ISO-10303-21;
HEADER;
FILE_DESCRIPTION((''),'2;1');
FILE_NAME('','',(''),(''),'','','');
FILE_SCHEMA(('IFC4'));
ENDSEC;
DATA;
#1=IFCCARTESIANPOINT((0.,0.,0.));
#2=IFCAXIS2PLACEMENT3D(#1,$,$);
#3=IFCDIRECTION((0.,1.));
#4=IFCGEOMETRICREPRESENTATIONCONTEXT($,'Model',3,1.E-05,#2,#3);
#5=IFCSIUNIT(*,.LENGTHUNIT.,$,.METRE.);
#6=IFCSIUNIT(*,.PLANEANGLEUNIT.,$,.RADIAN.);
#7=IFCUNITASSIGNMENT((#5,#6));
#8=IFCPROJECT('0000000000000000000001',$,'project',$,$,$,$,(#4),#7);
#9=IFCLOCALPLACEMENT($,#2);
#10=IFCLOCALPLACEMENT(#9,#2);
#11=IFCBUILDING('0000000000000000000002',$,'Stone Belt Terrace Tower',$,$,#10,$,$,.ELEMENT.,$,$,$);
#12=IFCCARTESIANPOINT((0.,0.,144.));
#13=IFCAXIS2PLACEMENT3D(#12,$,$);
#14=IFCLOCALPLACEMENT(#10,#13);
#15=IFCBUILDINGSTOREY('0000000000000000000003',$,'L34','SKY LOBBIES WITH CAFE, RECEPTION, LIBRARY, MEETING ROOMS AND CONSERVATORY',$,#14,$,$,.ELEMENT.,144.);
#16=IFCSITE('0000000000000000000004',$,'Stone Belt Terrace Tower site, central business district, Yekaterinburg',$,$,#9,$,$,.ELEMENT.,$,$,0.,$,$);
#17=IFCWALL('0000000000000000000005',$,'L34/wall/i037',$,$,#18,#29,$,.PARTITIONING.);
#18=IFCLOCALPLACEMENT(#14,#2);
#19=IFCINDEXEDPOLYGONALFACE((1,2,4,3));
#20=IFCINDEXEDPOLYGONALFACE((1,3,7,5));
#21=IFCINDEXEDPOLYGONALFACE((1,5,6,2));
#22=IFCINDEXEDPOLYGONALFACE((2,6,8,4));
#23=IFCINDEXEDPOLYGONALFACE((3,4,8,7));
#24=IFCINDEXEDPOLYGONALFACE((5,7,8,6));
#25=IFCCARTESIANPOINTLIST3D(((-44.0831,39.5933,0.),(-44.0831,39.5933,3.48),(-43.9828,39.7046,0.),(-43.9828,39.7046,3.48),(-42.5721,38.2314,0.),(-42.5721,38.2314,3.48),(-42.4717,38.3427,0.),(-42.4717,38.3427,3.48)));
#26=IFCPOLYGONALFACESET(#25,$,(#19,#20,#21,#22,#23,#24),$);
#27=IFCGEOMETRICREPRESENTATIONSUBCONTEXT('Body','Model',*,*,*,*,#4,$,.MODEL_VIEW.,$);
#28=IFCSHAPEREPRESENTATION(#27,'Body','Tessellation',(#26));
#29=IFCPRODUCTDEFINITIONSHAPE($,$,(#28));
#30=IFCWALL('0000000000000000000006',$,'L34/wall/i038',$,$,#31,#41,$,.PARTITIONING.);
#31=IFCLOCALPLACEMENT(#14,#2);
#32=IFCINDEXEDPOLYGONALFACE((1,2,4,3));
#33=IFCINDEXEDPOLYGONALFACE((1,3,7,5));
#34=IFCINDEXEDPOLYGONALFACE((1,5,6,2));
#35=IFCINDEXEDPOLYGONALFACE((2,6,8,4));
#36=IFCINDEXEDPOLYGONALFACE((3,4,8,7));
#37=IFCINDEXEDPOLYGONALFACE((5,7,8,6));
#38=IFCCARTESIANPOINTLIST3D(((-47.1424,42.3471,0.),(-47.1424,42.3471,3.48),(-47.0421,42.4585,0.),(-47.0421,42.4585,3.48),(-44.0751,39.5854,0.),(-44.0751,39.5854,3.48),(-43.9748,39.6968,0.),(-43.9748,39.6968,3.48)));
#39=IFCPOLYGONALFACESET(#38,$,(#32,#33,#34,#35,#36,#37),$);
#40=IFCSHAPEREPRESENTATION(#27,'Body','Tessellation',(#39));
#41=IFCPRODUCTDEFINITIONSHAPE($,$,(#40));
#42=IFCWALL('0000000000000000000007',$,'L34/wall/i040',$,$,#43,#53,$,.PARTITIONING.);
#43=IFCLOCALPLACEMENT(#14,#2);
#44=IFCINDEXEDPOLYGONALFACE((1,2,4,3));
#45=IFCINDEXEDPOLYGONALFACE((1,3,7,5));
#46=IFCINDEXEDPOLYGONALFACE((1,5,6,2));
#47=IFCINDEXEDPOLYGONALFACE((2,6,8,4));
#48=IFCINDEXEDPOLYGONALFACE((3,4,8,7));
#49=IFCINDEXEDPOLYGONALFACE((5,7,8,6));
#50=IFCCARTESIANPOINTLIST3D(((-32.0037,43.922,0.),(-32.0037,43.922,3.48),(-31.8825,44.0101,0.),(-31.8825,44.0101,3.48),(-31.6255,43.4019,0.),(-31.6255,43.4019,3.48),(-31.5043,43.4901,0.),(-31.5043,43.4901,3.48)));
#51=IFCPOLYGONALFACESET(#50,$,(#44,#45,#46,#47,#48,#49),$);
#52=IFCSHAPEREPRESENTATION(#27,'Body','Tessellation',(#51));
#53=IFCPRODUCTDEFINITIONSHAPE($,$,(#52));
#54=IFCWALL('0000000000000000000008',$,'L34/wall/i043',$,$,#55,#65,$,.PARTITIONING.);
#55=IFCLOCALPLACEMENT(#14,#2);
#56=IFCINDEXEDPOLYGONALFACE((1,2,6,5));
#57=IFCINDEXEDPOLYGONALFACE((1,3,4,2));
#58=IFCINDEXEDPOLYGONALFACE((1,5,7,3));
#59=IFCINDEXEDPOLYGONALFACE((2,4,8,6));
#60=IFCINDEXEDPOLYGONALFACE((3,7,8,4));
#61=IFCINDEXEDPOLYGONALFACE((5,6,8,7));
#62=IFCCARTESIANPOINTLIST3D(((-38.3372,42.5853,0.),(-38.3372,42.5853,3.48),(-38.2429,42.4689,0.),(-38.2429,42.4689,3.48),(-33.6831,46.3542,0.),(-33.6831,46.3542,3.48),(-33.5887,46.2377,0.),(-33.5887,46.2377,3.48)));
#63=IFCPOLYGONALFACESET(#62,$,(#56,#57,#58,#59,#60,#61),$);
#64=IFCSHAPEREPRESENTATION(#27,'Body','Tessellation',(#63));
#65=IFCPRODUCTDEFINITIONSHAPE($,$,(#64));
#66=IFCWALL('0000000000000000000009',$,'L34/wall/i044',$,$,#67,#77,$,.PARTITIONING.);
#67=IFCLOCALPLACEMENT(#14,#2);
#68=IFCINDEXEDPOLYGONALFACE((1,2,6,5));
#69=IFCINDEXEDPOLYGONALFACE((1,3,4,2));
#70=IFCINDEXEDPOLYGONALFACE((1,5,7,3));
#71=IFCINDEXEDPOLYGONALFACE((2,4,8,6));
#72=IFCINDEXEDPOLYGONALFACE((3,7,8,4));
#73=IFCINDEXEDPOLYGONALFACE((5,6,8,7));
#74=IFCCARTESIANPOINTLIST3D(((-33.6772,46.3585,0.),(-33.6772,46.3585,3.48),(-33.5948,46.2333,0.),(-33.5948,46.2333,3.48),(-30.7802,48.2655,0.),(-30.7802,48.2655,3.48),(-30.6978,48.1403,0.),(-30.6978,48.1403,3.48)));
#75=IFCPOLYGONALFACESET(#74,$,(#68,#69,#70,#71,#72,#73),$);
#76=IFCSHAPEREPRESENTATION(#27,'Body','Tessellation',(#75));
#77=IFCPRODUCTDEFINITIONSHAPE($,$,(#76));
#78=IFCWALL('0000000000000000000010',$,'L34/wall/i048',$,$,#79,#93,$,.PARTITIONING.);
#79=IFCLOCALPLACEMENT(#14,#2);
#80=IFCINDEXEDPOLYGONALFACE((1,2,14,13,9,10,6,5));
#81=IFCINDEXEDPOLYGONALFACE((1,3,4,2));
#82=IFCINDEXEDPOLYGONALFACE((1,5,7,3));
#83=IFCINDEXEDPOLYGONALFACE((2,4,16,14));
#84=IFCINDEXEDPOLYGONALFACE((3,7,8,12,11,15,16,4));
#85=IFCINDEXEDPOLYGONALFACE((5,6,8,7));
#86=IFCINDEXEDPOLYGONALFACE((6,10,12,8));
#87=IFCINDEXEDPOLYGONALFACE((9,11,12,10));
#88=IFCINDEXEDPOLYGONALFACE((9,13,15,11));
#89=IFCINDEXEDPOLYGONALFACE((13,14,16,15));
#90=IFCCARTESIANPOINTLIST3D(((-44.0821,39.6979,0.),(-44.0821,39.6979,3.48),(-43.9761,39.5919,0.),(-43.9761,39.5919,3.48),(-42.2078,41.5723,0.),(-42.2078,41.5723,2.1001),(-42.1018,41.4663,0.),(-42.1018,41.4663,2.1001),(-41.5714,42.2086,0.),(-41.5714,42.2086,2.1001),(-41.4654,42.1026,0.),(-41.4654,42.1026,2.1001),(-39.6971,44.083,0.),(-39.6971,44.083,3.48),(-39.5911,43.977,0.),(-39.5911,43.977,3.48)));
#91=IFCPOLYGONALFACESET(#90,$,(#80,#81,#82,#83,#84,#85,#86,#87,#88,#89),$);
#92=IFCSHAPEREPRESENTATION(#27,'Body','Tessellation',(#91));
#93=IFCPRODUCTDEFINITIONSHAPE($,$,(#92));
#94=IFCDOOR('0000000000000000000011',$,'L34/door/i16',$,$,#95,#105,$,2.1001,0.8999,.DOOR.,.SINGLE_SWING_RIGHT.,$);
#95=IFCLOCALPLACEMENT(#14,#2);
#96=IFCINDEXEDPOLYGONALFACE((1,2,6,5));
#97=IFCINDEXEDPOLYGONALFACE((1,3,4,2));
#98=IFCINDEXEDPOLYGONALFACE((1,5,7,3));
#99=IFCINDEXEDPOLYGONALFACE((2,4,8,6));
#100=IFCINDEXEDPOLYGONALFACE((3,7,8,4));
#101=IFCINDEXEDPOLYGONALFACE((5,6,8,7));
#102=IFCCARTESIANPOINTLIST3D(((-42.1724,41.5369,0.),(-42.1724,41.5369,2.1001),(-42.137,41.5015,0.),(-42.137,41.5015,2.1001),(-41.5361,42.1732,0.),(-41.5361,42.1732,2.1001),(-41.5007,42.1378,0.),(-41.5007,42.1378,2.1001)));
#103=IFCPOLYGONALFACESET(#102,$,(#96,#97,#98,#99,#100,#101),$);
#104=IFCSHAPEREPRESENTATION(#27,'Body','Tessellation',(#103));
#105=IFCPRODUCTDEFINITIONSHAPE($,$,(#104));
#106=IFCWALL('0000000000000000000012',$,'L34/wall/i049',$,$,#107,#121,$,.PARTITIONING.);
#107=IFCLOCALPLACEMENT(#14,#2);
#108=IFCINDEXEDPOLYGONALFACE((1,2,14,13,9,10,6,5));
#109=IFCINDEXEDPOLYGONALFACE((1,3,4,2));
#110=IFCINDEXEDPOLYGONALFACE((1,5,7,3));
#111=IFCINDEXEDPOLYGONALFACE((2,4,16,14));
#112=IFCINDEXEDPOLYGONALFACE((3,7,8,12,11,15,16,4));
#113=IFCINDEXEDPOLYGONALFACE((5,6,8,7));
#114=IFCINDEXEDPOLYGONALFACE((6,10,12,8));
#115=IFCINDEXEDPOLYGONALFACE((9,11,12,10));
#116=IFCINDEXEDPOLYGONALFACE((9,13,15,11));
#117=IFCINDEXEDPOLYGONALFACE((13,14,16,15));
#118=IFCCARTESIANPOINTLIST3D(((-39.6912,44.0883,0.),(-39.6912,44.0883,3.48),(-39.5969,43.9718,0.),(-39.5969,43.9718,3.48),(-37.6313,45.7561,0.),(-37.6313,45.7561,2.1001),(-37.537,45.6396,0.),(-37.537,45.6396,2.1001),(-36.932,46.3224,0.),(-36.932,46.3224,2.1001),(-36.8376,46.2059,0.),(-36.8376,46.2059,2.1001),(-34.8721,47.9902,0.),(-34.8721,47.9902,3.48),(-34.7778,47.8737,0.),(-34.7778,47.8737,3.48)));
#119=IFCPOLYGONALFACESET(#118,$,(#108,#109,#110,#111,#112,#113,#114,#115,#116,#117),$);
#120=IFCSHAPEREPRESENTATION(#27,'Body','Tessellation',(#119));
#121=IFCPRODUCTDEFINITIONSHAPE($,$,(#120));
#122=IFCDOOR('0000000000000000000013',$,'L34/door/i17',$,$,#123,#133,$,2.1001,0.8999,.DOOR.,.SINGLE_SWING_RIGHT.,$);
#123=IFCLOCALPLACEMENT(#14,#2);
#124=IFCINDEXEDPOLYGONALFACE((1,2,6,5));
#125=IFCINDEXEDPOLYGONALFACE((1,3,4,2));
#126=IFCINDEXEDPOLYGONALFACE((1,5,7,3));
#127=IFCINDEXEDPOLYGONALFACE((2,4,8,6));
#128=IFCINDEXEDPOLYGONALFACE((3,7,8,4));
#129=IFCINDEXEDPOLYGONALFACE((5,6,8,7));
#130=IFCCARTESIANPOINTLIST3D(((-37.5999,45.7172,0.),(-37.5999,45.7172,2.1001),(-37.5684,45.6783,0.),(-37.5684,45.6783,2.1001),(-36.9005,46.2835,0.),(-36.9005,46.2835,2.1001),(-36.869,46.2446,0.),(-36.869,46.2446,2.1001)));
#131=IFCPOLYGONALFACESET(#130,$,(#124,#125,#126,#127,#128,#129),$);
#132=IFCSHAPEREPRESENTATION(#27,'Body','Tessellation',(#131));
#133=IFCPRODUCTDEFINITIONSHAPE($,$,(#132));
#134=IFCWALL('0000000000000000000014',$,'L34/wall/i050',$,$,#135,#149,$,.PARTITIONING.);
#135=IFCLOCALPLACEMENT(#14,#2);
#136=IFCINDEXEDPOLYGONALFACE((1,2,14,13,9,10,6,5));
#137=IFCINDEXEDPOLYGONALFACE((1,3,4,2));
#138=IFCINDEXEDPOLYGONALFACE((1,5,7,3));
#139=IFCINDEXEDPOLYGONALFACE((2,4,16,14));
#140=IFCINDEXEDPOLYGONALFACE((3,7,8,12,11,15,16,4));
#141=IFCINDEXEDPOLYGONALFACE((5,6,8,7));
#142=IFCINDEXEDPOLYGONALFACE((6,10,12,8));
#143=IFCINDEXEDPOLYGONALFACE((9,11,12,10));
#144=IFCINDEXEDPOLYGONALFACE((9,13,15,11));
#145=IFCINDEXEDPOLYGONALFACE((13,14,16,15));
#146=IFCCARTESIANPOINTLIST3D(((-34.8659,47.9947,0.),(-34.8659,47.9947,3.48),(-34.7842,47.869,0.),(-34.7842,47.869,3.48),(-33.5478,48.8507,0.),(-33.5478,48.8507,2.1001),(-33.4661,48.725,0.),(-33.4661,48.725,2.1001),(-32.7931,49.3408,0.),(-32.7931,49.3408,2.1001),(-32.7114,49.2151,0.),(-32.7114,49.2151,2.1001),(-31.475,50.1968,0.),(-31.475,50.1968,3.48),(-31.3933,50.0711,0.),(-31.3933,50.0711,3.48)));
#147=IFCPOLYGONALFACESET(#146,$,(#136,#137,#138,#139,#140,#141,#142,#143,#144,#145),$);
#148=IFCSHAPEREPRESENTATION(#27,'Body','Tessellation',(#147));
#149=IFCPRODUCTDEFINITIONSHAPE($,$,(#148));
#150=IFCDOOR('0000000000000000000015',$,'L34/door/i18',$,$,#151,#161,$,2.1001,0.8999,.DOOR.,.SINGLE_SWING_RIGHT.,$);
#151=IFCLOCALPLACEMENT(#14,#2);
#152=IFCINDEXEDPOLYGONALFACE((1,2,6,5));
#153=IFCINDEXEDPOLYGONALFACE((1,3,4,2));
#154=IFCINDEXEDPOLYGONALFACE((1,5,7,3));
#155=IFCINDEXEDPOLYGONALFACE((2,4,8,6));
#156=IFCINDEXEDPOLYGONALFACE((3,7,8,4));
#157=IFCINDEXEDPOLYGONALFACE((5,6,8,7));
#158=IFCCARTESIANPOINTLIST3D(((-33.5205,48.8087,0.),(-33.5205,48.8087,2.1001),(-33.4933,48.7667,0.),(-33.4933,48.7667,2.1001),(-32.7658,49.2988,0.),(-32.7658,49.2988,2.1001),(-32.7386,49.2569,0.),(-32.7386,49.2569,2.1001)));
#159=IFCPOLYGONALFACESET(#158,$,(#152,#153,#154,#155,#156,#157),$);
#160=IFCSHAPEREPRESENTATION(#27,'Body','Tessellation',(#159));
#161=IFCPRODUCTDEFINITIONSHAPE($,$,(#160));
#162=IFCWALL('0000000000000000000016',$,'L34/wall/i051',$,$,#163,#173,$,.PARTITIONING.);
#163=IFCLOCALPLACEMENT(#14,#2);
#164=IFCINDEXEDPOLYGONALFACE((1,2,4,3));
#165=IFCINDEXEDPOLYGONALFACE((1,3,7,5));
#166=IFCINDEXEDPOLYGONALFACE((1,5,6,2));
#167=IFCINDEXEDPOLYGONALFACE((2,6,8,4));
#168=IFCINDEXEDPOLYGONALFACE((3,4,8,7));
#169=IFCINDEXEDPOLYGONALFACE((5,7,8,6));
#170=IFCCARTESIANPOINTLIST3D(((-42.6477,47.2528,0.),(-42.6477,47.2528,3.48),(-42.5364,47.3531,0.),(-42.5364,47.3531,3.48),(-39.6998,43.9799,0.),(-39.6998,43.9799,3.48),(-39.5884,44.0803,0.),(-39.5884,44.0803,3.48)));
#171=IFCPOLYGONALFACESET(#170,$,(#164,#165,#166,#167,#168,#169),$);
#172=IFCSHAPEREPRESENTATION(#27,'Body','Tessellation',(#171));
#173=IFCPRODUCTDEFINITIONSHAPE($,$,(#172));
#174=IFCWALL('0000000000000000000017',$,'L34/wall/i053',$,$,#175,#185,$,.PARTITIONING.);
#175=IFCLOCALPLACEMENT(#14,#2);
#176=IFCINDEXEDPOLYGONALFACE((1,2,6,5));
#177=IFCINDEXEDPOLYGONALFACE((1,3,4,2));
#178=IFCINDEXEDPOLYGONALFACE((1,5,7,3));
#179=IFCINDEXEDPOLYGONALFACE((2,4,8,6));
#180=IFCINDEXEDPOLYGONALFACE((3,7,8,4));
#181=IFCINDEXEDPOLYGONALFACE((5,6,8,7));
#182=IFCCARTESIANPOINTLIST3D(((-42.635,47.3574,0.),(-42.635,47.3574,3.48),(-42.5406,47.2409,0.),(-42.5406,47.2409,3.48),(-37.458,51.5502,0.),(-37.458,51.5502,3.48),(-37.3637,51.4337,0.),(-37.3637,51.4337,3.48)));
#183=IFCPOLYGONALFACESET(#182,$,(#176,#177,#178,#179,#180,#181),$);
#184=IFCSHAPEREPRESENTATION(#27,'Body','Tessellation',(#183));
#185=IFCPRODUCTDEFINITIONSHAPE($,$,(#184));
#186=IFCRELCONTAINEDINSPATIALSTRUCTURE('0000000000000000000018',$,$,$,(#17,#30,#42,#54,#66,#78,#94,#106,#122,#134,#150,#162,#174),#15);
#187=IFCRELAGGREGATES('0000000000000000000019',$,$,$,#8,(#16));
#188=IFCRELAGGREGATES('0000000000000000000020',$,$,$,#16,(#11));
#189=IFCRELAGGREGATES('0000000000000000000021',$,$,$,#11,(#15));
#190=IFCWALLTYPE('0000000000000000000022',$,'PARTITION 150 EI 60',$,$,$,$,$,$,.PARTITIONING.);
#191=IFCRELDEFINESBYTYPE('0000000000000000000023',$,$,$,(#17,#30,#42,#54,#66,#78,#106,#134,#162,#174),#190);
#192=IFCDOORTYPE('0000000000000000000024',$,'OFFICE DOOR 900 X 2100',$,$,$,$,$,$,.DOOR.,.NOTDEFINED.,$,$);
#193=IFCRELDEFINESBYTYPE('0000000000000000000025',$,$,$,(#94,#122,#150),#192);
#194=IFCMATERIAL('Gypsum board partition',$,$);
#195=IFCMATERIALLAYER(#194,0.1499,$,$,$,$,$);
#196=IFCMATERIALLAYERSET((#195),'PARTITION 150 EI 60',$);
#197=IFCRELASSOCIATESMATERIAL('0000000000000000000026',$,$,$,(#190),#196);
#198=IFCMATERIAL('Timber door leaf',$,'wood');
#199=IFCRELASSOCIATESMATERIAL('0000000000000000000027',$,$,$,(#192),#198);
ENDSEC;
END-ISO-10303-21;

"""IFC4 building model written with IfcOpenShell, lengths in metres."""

from ifc_helpers import new_model, si_unit, direction, frame, frame_2d, origin, place, context, subcontext, project, spatial, rectangle, extrude, material, layer, layer_set, type_object, element, fill, save


model = new_model("IFC4")

# Units and contexts
model_context = context("Model", 3, precision=1e-05, world=origin(), true_north=direction((0.0, 1.0)))
body_context = subcontext(model_context, "Body", "Model", "MODEL_VIEW")
ifc_project = project(units=[si_unit("LENGTHUNIT", "METRE"), si_unit("PLANEANGLEUNIT", "RADIAN")], contexts=[model_context])

# Site, building, storey
site_placement = place(None, origin())
site = spatial("IfcSite", under=ifc_project, at=site_placement, Name="Stone Belt Terrace Tower site, central business district, Yekaterinburg", CompositionType="ELEMENT", RefElevation=0.0)
building_placement = place(site_placement, origin())
building = spatial("IfcBuilding", under=site, at=building_placement, Name="Stone Belt Terrace Tower", CompositionType="ELEMENT")
storey_placement = place(building_placement, frame((0.0, 0.0, 144.0)))
storey = spatial("IfcBuildingStorey", under=building, at=storey_placement, Name="L34", Description="SKY LOBBIES WITH CAFE, RECEPTION, LIBRARY, MEETING ROOMS AND CONSERVATORY", CompositionType="ELEMENT", Elevation=144.0)

# Walls
ifc_material_1 = material(Name="Gypsum board partition")
ifc_layer_1 = layer(ifc_material_1, 0.1499)
ifc_layer_set_1 = layer_set([ifc_layer_1], Name="PARTITION 150 EI 60")
wall_type = type_object("IfcWallType", Name="PARTITION 150 EI 60", PredefinedType="PARTITIONING", material=ifc_layer_set_1)
wall_1_placement = place(storey_placement, frame((-44.033, 39.6489, 0.0), z_axis=(0.0, 0.0, 1.0), x_axis=(0.742822, -0.669488, 0.0)))
element("IfcWall", 1, at=wall_1_placement, inside=storey, type_object=wall_type, Name="L34/wall/i037", PredefinedType="PARTITIONING", context=body_context, shape_type="SweptSolid", body=[
    extrude(rectangle(XDim=2.0342, YDim=0.1499, at=frame_2d((1.0171, 0.0))), origin(), (0.0, 0.0, 1.0), 3.48),
])
wall_2_placement = place(storey_placement, frame((-47.0923, 42.4028, 0.0), z_axis=(0.0, 0.0, 1.0), x_axis=(0.743165, -0.669109, 0.0)))
element("IfcWall", 2, at=wall_2_placement, inside=storey, type_object=wall_type, Name="L34/wall/i038", PredefinedType="PARTITIONING", context=body_context, shape_type="SweptSolid", body=[
    extrude(rectangle(XDim=4.1274, YDim=0.1499, at=frame_2d((2.0637, 0.0))), origin(), (0.0, 0.0, 1.0), 3.48),
])
wall_3_placement = place(storey_placement, frame((-31.9431, 43.9661, 0.0), z_axis=(0.0, 0.0, 1.0), x_axis=(0.588149, -0.808753, 0.0)))
element("IfcWall", 3, at=wall_3_placement, inside=storey, type_object=wall_type, Name="L34/wall/i040", PredefinedType="PARTITIONING", context=body_context, shape_type="SweptSolid", body=[
    extrude(rectangle(XDim=0.6431, YDim=0.1499, at=frame_2d((0.3215, 0.0))), origin(), (0.0, 0.0, 1.0), 3.48),
])
wall_4_placement = place(storey_placement, frame((-38.29, 42.5271, 0.0), z_axis=(0.0, 0.0, 1.0), x_axis=(0.777144, 0.629323, 0.0)))
element("IfcWall", 4, at=wall_4_placement, inside=storey, type_object=wall_type, Name="L34/wall/i043", PredefinedType="PARTITIONING", context=body_context, shape_type="SweptSolid", body=[
    extrude(rectangle(XDim=5.9888, YDim=0.1499, at=frame_2d((2.9944, 0.0))), origin(), (0.0, 0.0, 1.0), 3.48),
])
wall_5_placement = place(storey_placement, frame((-33.636, 46.2959, 0.0), z_axis=(0.0, 0.0, 1.0), x_axis=(0.835274, 0.549834, 0.0)))
element("IfcWall", 5, at=wall_5_placement, inside=storey, type_object=wall_type, Name="L34/wall/i044", PredefinedType="PARTITIONING", context=body_context, shape_type="SweptSolid", body=[
    extrude(rectangle(XDim=3.4683, YDim=0.1499, at=frame_2d((1.7341, 0.0))), origin(), (0.0, 0.0, 1.0), 3.48),
])

# Walls, openings, doors
wall_6_placement = place(storey_placement, frame((-44.0291, 39.645, 0.0), z_axis=(0.0, 0.0, 1.0), x_axis=(0.707107, 0.707107, 0.0)))
wall_6 = element("IfcWall", 6, at=wall_6_placement, inside=storey, type_object=wall_type, Name="L34/wall/i048", PredefinedType="PARTITIONING", context=body_context, shape_type="SweptSolid", body=[
    extrude(rectangle(XDim=6.2014, YDim=0.1499, at=frame_2d((3.1006, 0.0))), origin(), (0.0, 0.0, 1.0), 3.48),
])
opening_1_placement = place(wall_6_placement, frame((2.6506, 0.0, 0.0)))
opening_1 = element("IfcOpeningElement", 7, at=opening_1_placement, cuts=wall_6, PredefinedType="OPENING", context=body_context, shape_type="SweptSolid", body=[
    extrude(rectangle(XDim=0.8999, YDim=2.1001, at=frame_2d((0.45, 1.05))), frame((0.0, 0.085, 0.0), z_axis=(0.0, -1.0, 0.0), x_axis=(1.0, 0.0, 0.0)), (0.0, 0.0, 1.0), 0.1699),
])
ifc_material_2 = material(Name="Timber door leaf", Category="wood")
door_type = type_object("IfcDoorType", Name="OFFICE DOOR 900 X 2100", OperationType="NOTDEFINED", PredefinedType="DOOR", material=ifc_material_2)
door_1_placement = place(opening_1_placement, origin())
door_1 = element("IfcDoor", 8, at=door_1_placement, inside=storey, type_object=door_type, Name="L34/door/i16", OperationType="SINGLE_SWING_RIGHT", OverallHeight=2.1001, OverallWidth=0.8999, PredefinedType="DOOR", context=body_context, shape_type="SweptSolid", body=[
    extrude(rectangle(XDim=0.8999, YDim=2.1001, at=frame_2d((0.45, 1.05))), frame((0.0, 0.0249, 0.0), z_axis=(0.0, -1.0, 0.0), x_axis=(1.0, 0.0, 0.0)), (0.0, 0.0, 1.0), 0.05),
])
fill(opening_1, door_1)
wall_7_placement = place(storey_placement, frame((-39.644, 44.03, 0.0), z_axis=(0.0, 0.0, 1.0), x_axis=(0.777191, 0.629265, 0.0)))
wall_7 = element("IfcWall", 9, at=wall_7_placement, inside=storey, type_object=wall_type, Name="L34/wall/i049", PredefinedType="PARTITIONING", context=body_context, shape_type="SweptSolid", body=[
    extrude(rectangle(XDim=6.2007, YDim=0.1499, at=frame_2d((3.1003, 0.0))), origin(), (0.0, 0.0, 1.0), 3.48),
])
opening_2_placement = place(wall_7_placement, frame((2.6504, 0.0, 0.0)))
opening_2 = element("IfcOpeningElement", 10, at=opening_2_placement, cuts=wall_7, PredefinedType="OPENING", context=body_context, shape_type="SweptSolid", body=[
    extrude(rectangle(XDim=0.8999, YDim=2.1001, at=frame_2d((0.45, 1.05))), frame((0.0, 0.085, 0.0), z_axis=(0.0, -1.0, 0.0), x_axis=(1.0, 0.0, 0.0)), (0.0, 0.0, 1.0), 0.1699),
])
door_2_placement = place(opening_2_placement, origin())
door_2 = element("IfcDoor", 11, at=door_2_placement, inside=storey, type_object=door_type, Name="L34/door/i17", OperationType="SINGLE_SWING_RIGHT", OverallHeight=2.1001, OverallWidth=0.8999, PredefinedType="DOOR", context=body_context, shape_type="SweptSolid", body=[
    extrude(rectangle(XDim=0.8999, YDim=2.1001, at=frame_2d((0.45, 1.05))), frame((0.0, 0.0249, 0.0), z_axis=(0.0, -1.0, 0.0), x_axis=(1.0, 0.0, 0.0)), (0.0, 0.0, 1.0), 0.05),
])
fill(opening_2, door_2)
wall_8_placement = place(storey_placement, frame((-34.825, 47.9319, 0.0), z_axis=(0.0, 0.0, 1.0), x_axis=(0.83866, 0.544655, 0.0)))
wall_8 = element("IfcWall", 12, at=wall_8_placement, inside=storey, type_object=wall_type, Name="L34/wall/i050", PredefinedType="PARTITIONING", context=body_context, shape_type="SweptSolid", body=[
    extrude(rectangle(XDim=4.0432, YDim=0.1499, at=frame_2d((2.0215, 0.0))), origin(), (0.0, 0.0, 1.0), 3.48),
])
opening_3_placement = place(wall_8_placement, frame((1.5715, 0.0, 0.0)))
opening_3 = element("IfcOpeningElement", 13, at=opening_3_placement, cuts=wall_8, PredefinedType="OPENING", context=body_context, shape_type="SweptSolid", body=[
    extrude(rectangle(XDim=0.8999, YDim=2.1001, at=frame_2d((0.45, 1.05))), frame((0.0, 0.085, 0.0), z_axis=(0.0, -1.0, 0.0), x_axis=(1.0, 0.0, 0.0)), (0.0, 0.0, 1.0), 0.1699),
])
door_3_placement = place(opening_3_placement, origin())
door_3 = element("IfcDoor", 14, at=door_3_placement, inside=storey, type_object=door_type, Name="L34/door/i18", OperationType="SINGLE_SWING_RIGHT", OverallHeight=2.1001, OverallWidth=0.8999, PredefinedType="DOOR", context=body_context, shape_type="SweptSolid", body=[
    extrude(rectangle(XDim=0.8999, YDim=2.1001, at=frame_2d((0.45, 1.05))), frame((0.0, 0.0249, 0.0), z_axis=(0.0, -1.0, 0.0), x_axis=(1.0, 0.0, 0.0)), (0.0, 0.0, 1.0), 0.05),
])
fill(opening_3, door_3)

# Walls
wall_9_placement = place(storey_placement, frame((-42.592, 47.303, 0.0), z_axis=(0.0, 0.0, 1.0), x_axis=(0.669259, -0.74303, 0.0)))
element("IfcWall", 15, at=wall_9_placement, inside=storey, type_object=wall_type, Name="L34/wall/i051", PredefinedType="PARTITIONING", context=body_context, shape_type="SweptSolid", body=[
    extrude(rectangle(XDim=4.4048, YDim=0.1499, at=frame_2d((2.2024, 0.0))), origin(), (0.0, 0.0, 1.0), 3.48),
])
wall_10_placement = place(storey_placement, frame((-42.5879, 47.2991, 0.0), z_axis=(0.0, 0.0, 1.0), x_axis=(0.777101, 0.629376, 0.0)))
element("IfcWall", 16, at=wall_10_placement, inside=storey, type_object=wall_type, Name="L34/wall/i053", PredefinedType="PARTITIONING", context=body_context, shape_type="SweptSolid", body=[
    extrude(rectangle(XDim=6.6619, YDim=0.1499, at=frame_2d((3.3311, 0.0))), origin(), (0.0, 0.0, 1.0), 3.48),
])

save(model, "model.ifc")
